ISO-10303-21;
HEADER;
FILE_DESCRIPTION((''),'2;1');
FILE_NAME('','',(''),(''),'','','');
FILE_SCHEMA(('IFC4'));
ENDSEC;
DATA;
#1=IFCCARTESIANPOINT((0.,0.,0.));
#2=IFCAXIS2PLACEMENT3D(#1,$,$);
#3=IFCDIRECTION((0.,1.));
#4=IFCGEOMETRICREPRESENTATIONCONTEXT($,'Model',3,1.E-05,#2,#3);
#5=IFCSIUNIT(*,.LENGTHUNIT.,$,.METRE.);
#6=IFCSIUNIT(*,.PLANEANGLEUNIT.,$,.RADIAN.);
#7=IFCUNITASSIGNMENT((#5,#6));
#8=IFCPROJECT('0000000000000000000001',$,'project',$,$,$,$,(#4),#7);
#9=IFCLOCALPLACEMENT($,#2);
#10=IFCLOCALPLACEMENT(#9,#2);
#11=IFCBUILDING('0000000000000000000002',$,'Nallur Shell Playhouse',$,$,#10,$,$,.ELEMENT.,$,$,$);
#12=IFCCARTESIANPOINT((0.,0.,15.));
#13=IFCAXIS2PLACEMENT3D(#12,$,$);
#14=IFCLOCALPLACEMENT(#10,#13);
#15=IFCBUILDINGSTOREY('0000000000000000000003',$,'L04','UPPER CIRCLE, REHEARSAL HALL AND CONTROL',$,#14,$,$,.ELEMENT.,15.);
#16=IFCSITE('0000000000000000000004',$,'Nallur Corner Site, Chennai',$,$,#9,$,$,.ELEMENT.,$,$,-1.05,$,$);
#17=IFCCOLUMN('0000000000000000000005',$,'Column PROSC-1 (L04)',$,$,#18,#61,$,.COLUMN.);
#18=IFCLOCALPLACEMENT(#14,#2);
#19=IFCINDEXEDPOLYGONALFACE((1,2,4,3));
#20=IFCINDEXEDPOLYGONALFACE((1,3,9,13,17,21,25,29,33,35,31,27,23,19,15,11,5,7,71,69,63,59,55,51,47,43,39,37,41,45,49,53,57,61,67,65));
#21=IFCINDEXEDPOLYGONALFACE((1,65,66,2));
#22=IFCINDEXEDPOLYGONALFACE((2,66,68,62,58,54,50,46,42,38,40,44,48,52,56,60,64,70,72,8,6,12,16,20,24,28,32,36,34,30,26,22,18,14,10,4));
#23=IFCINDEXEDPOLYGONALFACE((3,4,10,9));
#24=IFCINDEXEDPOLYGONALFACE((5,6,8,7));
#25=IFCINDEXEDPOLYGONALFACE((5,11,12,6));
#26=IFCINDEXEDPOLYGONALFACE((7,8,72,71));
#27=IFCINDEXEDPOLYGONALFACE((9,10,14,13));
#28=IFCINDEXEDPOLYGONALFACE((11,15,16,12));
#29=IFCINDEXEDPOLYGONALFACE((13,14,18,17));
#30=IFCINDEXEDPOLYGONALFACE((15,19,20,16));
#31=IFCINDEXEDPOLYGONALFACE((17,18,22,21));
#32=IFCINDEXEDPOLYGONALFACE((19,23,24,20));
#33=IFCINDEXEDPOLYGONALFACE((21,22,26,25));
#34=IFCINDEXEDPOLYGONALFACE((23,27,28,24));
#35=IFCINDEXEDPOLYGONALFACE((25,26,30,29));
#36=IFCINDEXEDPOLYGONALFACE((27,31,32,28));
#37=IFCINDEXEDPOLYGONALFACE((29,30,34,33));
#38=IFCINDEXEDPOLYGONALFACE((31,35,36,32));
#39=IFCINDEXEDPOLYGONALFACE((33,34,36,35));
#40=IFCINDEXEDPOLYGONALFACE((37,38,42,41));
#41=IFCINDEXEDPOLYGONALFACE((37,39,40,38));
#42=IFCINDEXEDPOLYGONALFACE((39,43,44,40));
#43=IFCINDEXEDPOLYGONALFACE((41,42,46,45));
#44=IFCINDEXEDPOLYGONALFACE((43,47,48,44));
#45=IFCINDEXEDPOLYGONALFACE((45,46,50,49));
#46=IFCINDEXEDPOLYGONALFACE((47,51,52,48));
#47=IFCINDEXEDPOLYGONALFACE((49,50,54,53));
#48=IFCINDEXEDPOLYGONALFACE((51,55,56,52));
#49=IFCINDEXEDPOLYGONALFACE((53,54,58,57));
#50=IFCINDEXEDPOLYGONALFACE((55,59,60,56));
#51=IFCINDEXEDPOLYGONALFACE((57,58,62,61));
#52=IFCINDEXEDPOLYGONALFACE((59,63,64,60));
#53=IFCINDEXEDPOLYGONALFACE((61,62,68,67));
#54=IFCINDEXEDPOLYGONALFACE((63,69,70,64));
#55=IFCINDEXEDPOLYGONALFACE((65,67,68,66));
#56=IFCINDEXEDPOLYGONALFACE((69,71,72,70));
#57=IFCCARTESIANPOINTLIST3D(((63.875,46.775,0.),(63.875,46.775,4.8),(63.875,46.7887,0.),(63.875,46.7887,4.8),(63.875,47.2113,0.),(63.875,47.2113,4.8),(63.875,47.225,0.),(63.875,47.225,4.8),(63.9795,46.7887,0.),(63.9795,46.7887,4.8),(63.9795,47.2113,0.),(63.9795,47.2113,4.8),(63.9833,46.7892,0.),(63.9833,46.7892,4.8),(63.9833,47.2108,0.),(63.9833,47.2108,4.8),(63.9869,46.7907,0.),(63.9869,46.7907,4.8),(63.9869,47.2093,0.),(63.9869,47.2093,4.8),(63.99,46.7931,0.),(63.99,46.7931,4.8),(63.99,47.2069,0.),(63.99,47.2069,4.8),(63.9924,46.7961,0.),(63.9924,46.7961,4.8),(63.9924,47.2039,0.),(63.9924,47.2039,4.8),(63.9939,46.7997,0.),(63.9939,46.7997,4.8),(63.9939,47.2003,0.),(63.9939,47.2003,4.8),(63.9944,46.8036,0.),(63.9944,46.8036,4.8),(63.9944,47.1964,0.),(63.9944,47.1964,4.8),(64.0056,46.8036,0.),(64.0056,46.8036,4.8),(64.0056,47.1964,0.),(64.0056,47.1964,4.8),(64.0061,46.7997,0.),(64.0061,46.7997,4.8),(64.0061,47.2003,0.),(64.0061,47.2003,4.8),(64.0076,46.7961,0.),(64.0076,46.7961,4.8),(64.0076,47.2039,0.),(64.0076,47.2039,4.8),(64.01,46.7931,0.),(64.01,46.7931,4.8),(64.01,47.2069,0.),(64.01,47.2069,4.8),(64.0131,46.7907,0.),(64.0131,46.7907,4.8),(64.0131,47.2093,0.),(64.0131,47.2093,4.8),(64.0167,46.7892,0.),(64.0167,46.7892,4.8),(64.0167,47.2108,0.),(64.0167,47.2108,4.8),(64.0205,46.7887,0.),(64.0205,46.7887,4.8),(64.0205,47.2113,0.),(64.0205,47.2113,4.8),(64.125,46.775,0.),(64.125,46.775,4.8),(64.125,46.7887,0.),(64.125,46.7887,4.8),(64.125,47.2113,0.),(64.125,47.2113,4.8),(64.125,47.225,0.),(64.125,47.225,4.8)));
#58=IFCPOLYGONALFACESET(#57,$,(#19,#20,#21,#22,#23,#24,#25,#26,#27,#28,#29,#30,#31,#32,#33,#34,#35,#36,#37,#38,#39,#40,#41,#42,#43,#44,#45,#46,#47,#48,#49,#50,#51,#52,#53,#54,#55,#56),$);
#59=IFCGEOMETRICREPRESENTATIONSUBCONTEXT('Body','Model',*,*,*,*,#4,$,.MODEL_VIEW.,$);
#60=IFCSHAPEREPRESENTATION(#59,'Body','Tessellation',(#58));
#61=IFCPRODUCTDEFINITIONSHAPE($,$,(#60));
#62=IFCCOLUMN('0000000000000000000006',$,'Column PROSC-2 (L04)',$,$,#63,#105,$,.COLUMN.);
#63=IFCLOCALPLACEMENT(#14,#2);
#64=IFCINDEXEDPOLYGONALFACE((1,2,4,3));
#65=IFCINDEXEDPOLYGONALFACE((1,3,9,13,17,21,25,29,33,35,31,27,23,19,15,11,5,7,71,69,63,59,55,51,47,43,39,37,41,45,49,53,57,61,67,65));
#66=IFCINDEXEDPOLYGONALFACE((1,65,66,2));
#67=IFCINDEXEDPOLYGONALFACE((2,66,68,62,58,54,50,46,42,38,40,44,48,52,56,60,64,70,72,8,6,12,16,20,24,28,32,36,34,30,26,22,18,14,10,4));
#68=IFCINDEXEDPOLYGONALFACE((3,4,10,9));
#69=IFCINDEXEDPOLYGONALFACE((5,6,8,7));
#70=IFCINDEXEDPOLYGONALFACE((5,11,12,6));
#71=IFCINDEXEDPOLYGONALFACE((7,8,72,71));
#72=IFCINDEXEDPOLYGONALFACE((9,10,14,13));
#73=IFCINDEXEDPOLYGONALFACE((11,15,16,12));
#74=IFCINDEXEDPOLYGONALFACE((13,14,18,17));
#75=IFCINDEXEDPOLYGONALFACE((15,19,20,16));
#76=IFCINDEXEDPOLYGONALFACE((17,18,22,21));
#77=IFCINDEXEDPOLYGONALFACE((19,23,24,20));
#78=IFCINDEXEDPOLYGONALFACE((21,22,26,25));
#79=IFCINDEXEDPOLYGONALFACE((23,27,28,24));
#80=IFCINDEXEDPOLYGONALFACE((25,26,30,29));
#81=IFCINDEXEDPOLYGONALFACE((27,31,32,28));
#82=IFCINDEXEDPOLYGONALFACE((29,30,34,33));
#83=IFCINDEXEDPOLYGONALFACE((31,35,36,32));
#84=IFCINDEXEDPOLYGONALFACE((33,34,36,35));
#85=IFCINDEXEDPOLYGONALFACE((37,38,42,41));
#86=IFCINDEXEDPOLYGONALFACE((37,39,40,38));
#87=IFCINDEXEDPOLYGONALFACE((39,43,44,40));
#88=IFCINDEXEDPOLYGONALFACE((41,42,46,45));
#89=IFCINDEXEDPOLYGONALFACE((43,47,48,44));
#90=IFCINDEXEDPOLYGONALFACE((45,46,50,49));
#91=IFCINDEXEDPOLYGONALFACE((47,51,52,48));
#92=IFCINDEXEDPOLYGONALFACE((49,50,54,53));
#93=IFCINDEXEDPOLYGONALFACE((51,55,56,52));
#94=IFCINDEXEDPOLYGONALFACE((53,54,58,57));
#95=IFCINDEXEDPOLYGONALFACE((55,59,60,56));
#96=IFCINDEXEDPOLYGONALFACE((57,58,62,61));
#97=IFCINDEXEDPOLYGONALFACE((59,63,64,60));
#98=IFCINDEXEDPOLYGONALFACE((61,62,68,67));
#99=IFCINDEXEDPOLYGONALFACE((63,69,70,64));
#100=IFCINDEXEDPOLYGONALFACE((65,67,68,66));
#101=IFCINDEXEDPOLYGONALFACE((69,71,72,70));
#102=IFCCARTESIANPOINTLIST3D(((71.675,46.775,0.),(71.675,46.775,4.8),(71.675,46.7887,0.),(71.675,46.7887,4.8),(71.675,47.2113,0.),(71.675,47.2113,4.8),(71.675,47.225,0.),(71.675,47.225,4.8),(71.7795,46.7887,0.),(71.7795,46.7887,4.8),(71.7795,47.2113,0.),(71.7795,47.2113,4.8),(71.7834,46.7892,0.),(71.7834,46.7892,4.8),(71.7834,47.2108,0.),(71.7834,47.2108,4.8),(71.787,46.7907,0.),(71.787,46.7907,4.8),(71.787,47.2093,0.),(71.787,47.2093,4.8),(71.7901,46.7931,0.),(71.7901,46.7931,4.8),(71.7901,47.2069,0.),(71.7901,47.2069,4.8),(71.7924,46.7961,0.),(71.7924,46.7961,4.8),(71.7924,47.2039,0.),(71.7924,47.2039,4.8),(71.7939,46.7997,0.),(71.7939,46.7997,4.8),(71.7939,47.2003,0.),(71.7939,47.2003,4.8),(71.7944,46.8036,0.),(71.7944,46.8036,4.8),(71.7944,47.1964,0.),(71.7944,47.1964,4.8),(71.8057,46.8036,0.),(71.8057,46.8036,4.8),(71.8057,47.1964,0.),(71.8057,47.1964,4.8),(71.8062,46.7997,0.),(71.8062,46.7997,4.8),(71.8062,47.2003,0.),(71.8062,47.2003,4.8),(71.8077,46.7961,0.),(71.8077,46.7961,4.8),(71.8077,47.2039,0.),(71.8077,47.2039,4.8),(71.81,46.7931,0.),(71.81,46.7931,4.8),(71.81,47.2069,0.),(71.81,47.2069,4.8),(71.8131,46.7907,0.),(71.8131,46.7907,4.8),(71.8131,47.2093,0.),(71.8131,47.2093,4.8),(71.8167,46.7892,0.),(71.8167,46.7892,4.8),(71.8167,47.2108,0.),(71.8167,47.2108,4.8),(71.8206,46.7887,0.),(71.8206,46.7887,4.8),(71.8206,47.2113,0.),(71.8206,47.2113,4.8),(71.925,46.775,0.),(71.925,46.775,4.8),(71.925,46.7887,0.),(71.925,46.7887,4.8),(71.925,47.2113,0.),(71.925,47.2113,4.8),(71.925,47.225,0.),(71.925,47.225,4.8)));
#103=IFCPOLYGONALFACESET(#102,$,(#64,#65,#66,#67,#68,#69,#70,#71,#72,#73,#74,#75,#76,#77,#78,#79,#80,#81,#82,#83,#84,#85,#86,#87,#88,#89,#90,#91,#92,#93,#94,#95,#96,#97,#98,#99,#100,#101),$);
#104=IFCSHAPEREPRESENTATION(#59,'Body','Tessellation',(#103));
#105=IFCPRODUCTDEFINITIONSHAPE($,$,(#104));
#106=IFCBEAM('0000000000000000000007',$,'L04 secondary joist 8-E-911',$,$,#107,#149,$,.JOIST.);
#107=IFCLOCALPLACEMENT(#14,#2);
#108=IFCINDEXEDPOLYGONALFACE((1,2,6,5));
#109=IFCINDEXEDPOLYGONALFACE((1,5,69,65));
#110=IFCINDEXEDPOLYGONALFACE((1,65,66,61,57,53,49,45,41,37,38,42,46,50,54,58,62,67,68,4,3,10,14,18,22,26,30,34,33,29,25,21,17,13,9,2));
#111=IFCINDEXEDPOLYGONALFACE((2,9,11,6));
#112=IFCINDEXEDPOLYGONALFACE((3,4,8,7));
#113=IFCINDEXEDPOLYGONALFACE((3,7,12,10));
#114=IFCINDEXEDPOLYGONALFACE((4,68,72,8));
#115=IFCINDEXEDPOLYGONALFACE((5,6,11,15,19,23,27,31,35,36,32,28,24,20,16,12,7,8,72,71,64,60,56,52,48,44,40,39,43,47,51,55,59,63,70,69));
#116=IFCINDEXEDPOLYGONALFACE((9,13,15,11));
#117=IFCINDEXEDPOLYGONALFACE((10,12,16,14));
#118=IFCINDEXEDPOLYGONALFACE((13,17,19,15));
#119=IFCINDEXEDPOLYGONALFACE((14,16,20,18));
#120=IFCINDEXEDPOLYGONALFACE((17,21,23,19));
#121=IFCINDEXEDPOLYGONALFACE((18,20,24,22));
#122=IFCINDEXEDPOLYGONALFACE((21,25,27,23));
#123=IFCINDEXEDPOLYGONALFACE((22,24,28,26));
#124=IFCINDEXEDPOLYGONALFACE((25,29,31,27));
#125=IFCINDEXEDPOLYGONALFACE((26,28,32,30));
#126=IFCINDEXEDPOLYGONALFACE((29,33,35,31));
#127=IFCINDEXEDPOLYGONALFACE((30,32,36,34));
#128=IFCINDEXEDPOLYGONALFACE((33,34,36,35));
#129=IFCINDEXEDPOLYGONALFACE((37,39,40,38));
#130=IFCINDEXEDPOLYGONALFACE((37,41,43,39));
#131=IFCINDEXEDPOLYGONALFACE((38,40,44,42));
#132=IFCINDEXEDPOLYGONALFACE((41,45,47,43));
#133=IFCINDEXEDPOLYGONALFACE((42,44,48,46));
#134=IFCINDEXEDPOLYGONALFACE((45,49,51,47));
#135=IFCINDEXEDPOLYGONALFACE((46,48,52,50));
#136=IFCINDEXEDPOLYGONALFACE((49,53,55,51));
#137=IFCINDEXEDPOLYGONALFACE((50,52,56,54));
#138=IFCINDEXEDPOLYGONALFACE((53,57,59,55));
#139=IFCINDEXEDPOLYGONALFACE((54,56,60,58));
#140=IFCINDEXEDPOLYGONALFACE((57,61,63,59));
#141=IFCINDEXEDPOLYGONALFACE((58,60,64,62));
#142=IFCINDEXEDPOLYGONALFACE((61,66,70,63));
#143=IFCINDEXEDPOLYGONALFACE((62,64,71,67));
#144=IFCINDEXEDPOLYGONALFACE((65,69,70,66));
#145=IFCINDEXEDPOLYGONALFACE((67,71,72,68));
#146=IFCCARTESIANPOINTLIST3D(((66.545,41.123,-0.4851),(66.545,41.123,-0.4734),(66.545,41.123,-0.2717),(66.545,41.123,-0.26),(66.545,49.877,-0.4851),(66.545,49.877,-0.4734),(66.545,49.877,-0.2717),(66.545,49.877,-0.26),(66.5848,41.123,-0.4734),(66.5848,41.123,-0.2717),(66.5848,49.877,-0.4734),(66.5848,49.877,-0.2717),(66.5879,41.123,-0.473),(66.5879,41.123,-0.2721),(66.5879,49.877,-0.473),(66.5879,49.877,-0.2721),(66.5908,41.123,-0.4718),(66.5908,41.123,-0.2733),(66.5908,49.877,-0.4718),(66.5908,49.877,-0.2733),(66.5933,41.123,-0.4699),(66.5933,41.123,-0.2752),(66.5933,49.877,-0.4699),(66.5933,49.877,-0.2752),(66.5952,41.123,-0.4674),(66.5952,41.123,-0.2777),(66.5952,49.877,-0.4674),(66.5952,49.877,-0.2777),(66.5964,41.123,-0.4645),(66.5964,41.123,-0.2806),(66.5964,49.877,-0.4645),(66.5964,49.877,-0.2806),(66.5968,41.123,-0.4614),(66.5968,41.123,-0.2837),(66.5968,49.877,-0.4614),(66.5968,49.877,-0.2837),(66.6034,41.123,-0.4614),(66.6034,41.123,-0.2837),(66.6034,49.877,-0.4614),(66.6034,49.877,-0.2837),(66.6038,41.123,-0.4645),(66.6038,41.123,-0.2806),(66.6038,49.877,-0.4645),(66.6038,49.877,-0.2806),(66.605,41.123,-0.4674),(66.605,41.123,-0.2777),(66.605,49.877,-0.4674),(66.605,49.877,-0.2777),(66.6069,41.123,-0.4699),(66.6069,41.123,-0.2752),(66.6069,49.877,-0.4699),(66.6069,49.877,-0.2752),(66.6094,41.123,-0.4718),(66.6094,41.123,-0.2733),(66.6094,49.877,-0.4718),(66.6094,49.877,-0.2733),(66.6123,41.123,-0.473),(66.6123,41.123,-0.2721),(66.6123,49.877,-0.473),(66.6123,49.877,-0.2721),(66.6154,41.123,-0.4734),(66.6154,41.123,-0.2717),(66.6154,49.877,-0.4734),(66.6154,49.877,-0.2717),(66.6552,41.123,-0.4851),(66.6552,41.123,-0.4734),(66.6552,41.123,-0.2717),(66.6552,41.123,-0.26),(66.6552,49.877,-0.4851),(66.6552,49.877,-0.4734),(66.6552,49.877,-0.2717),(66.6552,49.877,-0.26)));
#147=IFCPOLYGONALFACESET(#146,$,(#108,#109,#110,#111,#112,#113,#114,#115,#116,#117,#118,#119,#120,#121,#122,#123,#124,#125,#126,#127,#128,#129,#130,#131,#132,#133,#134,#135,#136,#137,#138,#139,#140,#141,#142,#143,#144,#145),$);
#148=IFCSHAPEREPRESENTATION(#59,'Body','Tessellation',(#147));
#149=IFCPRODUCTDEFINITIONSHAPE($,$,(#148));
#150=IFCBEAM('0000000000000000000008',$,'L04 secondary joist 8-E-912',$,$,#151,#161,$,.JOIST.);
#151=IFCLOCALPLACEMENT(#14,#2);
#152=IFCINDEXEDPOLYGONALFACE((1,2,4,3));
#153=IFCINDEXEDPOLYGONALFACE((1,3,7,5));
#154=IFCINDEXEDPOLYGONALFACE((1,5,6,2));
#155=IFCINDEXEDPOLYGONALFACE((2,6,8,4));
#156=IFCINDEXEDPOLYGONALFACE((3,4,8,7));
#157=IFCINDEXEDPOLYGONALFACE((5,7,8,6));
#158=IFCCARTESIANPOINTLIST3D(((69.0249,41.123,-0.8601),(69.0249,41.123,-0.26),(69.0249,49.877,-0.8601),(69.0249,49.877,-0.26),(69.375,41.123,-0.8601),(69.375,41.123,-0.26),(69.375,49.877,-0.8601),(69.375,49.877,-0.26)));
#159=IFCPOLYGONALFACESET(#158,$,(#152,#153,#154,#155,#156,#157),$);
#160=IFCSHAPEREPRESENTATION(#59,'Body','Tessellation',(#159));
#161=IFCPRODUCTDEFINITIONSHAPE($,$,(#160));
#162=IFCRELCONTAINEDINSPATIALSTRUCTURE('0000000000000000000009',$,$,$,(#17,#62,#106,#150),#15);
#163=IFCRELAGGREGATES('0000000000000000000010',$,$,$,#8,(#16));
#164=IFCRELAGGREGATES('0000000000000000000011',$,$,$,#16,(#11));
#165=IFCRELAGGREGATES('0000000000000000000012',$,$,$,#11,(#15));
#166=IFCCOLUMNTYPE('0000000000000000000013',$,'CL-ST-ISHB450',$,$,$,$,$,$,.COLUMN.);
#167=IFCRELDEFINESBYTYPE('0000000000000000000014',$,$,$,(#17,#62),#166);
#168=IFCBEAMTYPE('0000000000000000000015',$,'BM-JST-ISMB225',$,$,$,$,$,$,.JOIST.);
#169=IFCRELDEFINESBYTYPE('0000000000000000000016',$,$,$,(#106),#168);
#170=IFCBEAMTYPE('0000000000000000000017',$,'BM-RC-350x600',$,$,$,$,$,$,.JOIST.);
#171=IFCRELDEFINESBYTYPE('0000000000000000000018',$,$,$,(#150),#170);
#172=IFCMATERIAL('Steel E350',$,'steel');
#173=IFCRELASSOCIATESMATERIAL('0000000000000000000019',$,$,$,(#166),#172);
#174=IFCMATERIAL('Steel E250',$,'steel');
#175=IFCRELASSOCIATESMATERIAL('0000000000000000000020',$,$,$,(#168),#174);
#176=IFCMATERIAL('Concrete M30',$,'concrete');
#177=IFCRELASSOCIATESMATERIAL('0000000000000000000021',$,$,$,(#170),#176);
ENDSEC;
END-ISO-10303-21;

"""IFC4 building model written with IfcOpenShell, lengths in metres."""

from ifc_helpers import new_model, si_unit, direction, frame, origin, origin_2d, place, context, subcontext, project, spatial, rectangle, i_section, extrude, material, material_profile, profile_set, type_object, element, save


model = new_model("IFC4")

# Units and contexts
model_context = context("Model", 3, precision=1e-05, world=origin(), true_north=direction((0.0, 1.0)))
body_context = subcontext(model_context, "Body", "Model", "MODEL_VIEW")
ifc_project = project(units=[si_unit("LENGTHUNIT", "METRE"), si_unit("PLANEANGLEUNIT", "RADIAN")], contexts=[model_context])

# Site, building, storey
site_placement = place(None, origin())
site = spatial("IfcSite", under=ifc_project, at=site_placement, Name="Nallur Corner Site, Chennai", CompositionType="ELEMENT", RefElevation=-1.05)
building_placement = place(site_placement, origin())
building = spatial("IfcBuilding", under=site, at=building_placement, Name="Nallur Shell Playhouse", CompositionType="ELEMENT")
storey_placement = place(building_placement, frame((0.0, 0.0, 15.0)))
storey = spatial("IfcBuildingStorey", under=building, at=storey_placement, Name="L04", Description="UPPER CIRCLE, REHEARSAL HALL AND CONTROL", CompositionType="ELEMENT", Elevation=15.0)

# Columns
ifc_material_1 = material(Name="Steel E350", Category="steel")
ifc_material_profile_1 = material_profile(ifc_material_1, i_section(OverallWidth=0.25, OverallDepth=0.45, WebThickness=0.0112, FlangeThickness=0.0137, FilletRadius=0.0149, at=origin_2d()), Name="ISHB 450")
ifc_profile_set_1 = profile_set([ifc_material_profile_1], Name="Steel E350")
column_type = type_object("IfcColumnType", Name="CL-ST-ISHB450", PredefinedType="COLUMN", material=ifc_profile_set_1)
for number, where, z_axis, x_axis, name in (
    (1, (64.0, 47.0, 0.0), (0.0, 0.0, 1.0), (1.0, 0.0, 0.0), "Column PROSC-1 (L04)"),
    (2, (71.8, 47.0, 0.0), (0.0, 0.0, 1.0), (1.0, 0.0, 0.0), "Column PROSC-2 (L04)"),
):
    element("IfcColumn", number, at=place(storey_placement, frame(where, z_axis=z_axis, x_axis=x_axis)), inside=storey, type_object=column_type, Name=name, PredefinedType="COLUMN", context=body_context, shape_type="SweptSolid", body=[
        extrude(i_section(OverallWidth=0.25, OverallDepth=0.45, WebThickness=0.0112, FlangeThickness=0.0137, FilletRadius=0.0149, at=origin_2d()), origin(), (0.0, 0.0, 1.0), 4.8),
    ])

# Beams
ifc_material_2 = material(Name="Steel E250", Category="steel")
ifc_material_profile_2 = material_profile(ifc_material_2, i_section(OverallWidth=0.1101, OverallDepth=0.2251, WebThickness=0.0066, FlangeThickness=0.0117, FilletRadius=0.012, at=origin_2d()), Name="ISMB 225")
ifc_profile_set_2 = profile_set([ifc_material_profile_2], Name="Steel E250")
beam_type_1 = type_object("IfcBeamType", Name="BM-JST-ISMB225", PredefinedType="JOIST", material=ifc_profile_set_2)
beam_1_placement = place(storey_placement, frame((66.6001, 41.123, -0.3726), z_axis=(0.0, 1.0, 0.0), x_axis=(-1.0, 0.0, 0.0)))
element("IfcBeam", 3, at=beam_1_placement, inside=storey, type_object=beam_type_1, Name="L04 secondary joist 8-E-911", PredefinedType="JOIST", context=body_context, shape_type="SweptSolid", body=[
    extrude(i_section(OverallWidth=0.1101, OverallDepth=0.2251, WebThickness=0.0066, FlangeThickness=0.0117, FilletRadius=0.012, at=origin_2d()), origin(), (0.0, 0.0, 1.0), 8.7539),
])
ifc_material_3 = material(Name="Concrete M30", Category="concrete")
ifc_material_profile_3 = material_profile(ifc_material_3, rectangle(XDim=0.3501, YDim=0.6001, at=origin_2d()), Name="RC 350x600")
ifc_profile_set_3 = profile_set([ifc_material_profile_3], Name="Concrete M30")
beam_type_2 = type_object("IfcBeamType", Name="BM-RC-350x600", PredefinedType="JOIST", material=ifc_profile_set_3)
beam_2_placement = place(storey_placement, frame((69.2, 41.123, -0.5601), z_axis=(0.0, 1.0, 0.0), x_axis=(-1.0, 0.0, 0.0)))
element("IfcBeam", 4, at=beam_2_placement, inside=storey, type_object=beam_type_2, Name="L04 secondary joist 8-E-912", PredefinedType="JOIST", context=body_context, shape_type="SweptSolid", body=[
    extrude(rectangle(XDim=0.3501, YDim=0.6001, at=origin_2d()), origin(), (0.0, 0.0, 1.0), 8.7539),
])

save(model, "model.ifc")
